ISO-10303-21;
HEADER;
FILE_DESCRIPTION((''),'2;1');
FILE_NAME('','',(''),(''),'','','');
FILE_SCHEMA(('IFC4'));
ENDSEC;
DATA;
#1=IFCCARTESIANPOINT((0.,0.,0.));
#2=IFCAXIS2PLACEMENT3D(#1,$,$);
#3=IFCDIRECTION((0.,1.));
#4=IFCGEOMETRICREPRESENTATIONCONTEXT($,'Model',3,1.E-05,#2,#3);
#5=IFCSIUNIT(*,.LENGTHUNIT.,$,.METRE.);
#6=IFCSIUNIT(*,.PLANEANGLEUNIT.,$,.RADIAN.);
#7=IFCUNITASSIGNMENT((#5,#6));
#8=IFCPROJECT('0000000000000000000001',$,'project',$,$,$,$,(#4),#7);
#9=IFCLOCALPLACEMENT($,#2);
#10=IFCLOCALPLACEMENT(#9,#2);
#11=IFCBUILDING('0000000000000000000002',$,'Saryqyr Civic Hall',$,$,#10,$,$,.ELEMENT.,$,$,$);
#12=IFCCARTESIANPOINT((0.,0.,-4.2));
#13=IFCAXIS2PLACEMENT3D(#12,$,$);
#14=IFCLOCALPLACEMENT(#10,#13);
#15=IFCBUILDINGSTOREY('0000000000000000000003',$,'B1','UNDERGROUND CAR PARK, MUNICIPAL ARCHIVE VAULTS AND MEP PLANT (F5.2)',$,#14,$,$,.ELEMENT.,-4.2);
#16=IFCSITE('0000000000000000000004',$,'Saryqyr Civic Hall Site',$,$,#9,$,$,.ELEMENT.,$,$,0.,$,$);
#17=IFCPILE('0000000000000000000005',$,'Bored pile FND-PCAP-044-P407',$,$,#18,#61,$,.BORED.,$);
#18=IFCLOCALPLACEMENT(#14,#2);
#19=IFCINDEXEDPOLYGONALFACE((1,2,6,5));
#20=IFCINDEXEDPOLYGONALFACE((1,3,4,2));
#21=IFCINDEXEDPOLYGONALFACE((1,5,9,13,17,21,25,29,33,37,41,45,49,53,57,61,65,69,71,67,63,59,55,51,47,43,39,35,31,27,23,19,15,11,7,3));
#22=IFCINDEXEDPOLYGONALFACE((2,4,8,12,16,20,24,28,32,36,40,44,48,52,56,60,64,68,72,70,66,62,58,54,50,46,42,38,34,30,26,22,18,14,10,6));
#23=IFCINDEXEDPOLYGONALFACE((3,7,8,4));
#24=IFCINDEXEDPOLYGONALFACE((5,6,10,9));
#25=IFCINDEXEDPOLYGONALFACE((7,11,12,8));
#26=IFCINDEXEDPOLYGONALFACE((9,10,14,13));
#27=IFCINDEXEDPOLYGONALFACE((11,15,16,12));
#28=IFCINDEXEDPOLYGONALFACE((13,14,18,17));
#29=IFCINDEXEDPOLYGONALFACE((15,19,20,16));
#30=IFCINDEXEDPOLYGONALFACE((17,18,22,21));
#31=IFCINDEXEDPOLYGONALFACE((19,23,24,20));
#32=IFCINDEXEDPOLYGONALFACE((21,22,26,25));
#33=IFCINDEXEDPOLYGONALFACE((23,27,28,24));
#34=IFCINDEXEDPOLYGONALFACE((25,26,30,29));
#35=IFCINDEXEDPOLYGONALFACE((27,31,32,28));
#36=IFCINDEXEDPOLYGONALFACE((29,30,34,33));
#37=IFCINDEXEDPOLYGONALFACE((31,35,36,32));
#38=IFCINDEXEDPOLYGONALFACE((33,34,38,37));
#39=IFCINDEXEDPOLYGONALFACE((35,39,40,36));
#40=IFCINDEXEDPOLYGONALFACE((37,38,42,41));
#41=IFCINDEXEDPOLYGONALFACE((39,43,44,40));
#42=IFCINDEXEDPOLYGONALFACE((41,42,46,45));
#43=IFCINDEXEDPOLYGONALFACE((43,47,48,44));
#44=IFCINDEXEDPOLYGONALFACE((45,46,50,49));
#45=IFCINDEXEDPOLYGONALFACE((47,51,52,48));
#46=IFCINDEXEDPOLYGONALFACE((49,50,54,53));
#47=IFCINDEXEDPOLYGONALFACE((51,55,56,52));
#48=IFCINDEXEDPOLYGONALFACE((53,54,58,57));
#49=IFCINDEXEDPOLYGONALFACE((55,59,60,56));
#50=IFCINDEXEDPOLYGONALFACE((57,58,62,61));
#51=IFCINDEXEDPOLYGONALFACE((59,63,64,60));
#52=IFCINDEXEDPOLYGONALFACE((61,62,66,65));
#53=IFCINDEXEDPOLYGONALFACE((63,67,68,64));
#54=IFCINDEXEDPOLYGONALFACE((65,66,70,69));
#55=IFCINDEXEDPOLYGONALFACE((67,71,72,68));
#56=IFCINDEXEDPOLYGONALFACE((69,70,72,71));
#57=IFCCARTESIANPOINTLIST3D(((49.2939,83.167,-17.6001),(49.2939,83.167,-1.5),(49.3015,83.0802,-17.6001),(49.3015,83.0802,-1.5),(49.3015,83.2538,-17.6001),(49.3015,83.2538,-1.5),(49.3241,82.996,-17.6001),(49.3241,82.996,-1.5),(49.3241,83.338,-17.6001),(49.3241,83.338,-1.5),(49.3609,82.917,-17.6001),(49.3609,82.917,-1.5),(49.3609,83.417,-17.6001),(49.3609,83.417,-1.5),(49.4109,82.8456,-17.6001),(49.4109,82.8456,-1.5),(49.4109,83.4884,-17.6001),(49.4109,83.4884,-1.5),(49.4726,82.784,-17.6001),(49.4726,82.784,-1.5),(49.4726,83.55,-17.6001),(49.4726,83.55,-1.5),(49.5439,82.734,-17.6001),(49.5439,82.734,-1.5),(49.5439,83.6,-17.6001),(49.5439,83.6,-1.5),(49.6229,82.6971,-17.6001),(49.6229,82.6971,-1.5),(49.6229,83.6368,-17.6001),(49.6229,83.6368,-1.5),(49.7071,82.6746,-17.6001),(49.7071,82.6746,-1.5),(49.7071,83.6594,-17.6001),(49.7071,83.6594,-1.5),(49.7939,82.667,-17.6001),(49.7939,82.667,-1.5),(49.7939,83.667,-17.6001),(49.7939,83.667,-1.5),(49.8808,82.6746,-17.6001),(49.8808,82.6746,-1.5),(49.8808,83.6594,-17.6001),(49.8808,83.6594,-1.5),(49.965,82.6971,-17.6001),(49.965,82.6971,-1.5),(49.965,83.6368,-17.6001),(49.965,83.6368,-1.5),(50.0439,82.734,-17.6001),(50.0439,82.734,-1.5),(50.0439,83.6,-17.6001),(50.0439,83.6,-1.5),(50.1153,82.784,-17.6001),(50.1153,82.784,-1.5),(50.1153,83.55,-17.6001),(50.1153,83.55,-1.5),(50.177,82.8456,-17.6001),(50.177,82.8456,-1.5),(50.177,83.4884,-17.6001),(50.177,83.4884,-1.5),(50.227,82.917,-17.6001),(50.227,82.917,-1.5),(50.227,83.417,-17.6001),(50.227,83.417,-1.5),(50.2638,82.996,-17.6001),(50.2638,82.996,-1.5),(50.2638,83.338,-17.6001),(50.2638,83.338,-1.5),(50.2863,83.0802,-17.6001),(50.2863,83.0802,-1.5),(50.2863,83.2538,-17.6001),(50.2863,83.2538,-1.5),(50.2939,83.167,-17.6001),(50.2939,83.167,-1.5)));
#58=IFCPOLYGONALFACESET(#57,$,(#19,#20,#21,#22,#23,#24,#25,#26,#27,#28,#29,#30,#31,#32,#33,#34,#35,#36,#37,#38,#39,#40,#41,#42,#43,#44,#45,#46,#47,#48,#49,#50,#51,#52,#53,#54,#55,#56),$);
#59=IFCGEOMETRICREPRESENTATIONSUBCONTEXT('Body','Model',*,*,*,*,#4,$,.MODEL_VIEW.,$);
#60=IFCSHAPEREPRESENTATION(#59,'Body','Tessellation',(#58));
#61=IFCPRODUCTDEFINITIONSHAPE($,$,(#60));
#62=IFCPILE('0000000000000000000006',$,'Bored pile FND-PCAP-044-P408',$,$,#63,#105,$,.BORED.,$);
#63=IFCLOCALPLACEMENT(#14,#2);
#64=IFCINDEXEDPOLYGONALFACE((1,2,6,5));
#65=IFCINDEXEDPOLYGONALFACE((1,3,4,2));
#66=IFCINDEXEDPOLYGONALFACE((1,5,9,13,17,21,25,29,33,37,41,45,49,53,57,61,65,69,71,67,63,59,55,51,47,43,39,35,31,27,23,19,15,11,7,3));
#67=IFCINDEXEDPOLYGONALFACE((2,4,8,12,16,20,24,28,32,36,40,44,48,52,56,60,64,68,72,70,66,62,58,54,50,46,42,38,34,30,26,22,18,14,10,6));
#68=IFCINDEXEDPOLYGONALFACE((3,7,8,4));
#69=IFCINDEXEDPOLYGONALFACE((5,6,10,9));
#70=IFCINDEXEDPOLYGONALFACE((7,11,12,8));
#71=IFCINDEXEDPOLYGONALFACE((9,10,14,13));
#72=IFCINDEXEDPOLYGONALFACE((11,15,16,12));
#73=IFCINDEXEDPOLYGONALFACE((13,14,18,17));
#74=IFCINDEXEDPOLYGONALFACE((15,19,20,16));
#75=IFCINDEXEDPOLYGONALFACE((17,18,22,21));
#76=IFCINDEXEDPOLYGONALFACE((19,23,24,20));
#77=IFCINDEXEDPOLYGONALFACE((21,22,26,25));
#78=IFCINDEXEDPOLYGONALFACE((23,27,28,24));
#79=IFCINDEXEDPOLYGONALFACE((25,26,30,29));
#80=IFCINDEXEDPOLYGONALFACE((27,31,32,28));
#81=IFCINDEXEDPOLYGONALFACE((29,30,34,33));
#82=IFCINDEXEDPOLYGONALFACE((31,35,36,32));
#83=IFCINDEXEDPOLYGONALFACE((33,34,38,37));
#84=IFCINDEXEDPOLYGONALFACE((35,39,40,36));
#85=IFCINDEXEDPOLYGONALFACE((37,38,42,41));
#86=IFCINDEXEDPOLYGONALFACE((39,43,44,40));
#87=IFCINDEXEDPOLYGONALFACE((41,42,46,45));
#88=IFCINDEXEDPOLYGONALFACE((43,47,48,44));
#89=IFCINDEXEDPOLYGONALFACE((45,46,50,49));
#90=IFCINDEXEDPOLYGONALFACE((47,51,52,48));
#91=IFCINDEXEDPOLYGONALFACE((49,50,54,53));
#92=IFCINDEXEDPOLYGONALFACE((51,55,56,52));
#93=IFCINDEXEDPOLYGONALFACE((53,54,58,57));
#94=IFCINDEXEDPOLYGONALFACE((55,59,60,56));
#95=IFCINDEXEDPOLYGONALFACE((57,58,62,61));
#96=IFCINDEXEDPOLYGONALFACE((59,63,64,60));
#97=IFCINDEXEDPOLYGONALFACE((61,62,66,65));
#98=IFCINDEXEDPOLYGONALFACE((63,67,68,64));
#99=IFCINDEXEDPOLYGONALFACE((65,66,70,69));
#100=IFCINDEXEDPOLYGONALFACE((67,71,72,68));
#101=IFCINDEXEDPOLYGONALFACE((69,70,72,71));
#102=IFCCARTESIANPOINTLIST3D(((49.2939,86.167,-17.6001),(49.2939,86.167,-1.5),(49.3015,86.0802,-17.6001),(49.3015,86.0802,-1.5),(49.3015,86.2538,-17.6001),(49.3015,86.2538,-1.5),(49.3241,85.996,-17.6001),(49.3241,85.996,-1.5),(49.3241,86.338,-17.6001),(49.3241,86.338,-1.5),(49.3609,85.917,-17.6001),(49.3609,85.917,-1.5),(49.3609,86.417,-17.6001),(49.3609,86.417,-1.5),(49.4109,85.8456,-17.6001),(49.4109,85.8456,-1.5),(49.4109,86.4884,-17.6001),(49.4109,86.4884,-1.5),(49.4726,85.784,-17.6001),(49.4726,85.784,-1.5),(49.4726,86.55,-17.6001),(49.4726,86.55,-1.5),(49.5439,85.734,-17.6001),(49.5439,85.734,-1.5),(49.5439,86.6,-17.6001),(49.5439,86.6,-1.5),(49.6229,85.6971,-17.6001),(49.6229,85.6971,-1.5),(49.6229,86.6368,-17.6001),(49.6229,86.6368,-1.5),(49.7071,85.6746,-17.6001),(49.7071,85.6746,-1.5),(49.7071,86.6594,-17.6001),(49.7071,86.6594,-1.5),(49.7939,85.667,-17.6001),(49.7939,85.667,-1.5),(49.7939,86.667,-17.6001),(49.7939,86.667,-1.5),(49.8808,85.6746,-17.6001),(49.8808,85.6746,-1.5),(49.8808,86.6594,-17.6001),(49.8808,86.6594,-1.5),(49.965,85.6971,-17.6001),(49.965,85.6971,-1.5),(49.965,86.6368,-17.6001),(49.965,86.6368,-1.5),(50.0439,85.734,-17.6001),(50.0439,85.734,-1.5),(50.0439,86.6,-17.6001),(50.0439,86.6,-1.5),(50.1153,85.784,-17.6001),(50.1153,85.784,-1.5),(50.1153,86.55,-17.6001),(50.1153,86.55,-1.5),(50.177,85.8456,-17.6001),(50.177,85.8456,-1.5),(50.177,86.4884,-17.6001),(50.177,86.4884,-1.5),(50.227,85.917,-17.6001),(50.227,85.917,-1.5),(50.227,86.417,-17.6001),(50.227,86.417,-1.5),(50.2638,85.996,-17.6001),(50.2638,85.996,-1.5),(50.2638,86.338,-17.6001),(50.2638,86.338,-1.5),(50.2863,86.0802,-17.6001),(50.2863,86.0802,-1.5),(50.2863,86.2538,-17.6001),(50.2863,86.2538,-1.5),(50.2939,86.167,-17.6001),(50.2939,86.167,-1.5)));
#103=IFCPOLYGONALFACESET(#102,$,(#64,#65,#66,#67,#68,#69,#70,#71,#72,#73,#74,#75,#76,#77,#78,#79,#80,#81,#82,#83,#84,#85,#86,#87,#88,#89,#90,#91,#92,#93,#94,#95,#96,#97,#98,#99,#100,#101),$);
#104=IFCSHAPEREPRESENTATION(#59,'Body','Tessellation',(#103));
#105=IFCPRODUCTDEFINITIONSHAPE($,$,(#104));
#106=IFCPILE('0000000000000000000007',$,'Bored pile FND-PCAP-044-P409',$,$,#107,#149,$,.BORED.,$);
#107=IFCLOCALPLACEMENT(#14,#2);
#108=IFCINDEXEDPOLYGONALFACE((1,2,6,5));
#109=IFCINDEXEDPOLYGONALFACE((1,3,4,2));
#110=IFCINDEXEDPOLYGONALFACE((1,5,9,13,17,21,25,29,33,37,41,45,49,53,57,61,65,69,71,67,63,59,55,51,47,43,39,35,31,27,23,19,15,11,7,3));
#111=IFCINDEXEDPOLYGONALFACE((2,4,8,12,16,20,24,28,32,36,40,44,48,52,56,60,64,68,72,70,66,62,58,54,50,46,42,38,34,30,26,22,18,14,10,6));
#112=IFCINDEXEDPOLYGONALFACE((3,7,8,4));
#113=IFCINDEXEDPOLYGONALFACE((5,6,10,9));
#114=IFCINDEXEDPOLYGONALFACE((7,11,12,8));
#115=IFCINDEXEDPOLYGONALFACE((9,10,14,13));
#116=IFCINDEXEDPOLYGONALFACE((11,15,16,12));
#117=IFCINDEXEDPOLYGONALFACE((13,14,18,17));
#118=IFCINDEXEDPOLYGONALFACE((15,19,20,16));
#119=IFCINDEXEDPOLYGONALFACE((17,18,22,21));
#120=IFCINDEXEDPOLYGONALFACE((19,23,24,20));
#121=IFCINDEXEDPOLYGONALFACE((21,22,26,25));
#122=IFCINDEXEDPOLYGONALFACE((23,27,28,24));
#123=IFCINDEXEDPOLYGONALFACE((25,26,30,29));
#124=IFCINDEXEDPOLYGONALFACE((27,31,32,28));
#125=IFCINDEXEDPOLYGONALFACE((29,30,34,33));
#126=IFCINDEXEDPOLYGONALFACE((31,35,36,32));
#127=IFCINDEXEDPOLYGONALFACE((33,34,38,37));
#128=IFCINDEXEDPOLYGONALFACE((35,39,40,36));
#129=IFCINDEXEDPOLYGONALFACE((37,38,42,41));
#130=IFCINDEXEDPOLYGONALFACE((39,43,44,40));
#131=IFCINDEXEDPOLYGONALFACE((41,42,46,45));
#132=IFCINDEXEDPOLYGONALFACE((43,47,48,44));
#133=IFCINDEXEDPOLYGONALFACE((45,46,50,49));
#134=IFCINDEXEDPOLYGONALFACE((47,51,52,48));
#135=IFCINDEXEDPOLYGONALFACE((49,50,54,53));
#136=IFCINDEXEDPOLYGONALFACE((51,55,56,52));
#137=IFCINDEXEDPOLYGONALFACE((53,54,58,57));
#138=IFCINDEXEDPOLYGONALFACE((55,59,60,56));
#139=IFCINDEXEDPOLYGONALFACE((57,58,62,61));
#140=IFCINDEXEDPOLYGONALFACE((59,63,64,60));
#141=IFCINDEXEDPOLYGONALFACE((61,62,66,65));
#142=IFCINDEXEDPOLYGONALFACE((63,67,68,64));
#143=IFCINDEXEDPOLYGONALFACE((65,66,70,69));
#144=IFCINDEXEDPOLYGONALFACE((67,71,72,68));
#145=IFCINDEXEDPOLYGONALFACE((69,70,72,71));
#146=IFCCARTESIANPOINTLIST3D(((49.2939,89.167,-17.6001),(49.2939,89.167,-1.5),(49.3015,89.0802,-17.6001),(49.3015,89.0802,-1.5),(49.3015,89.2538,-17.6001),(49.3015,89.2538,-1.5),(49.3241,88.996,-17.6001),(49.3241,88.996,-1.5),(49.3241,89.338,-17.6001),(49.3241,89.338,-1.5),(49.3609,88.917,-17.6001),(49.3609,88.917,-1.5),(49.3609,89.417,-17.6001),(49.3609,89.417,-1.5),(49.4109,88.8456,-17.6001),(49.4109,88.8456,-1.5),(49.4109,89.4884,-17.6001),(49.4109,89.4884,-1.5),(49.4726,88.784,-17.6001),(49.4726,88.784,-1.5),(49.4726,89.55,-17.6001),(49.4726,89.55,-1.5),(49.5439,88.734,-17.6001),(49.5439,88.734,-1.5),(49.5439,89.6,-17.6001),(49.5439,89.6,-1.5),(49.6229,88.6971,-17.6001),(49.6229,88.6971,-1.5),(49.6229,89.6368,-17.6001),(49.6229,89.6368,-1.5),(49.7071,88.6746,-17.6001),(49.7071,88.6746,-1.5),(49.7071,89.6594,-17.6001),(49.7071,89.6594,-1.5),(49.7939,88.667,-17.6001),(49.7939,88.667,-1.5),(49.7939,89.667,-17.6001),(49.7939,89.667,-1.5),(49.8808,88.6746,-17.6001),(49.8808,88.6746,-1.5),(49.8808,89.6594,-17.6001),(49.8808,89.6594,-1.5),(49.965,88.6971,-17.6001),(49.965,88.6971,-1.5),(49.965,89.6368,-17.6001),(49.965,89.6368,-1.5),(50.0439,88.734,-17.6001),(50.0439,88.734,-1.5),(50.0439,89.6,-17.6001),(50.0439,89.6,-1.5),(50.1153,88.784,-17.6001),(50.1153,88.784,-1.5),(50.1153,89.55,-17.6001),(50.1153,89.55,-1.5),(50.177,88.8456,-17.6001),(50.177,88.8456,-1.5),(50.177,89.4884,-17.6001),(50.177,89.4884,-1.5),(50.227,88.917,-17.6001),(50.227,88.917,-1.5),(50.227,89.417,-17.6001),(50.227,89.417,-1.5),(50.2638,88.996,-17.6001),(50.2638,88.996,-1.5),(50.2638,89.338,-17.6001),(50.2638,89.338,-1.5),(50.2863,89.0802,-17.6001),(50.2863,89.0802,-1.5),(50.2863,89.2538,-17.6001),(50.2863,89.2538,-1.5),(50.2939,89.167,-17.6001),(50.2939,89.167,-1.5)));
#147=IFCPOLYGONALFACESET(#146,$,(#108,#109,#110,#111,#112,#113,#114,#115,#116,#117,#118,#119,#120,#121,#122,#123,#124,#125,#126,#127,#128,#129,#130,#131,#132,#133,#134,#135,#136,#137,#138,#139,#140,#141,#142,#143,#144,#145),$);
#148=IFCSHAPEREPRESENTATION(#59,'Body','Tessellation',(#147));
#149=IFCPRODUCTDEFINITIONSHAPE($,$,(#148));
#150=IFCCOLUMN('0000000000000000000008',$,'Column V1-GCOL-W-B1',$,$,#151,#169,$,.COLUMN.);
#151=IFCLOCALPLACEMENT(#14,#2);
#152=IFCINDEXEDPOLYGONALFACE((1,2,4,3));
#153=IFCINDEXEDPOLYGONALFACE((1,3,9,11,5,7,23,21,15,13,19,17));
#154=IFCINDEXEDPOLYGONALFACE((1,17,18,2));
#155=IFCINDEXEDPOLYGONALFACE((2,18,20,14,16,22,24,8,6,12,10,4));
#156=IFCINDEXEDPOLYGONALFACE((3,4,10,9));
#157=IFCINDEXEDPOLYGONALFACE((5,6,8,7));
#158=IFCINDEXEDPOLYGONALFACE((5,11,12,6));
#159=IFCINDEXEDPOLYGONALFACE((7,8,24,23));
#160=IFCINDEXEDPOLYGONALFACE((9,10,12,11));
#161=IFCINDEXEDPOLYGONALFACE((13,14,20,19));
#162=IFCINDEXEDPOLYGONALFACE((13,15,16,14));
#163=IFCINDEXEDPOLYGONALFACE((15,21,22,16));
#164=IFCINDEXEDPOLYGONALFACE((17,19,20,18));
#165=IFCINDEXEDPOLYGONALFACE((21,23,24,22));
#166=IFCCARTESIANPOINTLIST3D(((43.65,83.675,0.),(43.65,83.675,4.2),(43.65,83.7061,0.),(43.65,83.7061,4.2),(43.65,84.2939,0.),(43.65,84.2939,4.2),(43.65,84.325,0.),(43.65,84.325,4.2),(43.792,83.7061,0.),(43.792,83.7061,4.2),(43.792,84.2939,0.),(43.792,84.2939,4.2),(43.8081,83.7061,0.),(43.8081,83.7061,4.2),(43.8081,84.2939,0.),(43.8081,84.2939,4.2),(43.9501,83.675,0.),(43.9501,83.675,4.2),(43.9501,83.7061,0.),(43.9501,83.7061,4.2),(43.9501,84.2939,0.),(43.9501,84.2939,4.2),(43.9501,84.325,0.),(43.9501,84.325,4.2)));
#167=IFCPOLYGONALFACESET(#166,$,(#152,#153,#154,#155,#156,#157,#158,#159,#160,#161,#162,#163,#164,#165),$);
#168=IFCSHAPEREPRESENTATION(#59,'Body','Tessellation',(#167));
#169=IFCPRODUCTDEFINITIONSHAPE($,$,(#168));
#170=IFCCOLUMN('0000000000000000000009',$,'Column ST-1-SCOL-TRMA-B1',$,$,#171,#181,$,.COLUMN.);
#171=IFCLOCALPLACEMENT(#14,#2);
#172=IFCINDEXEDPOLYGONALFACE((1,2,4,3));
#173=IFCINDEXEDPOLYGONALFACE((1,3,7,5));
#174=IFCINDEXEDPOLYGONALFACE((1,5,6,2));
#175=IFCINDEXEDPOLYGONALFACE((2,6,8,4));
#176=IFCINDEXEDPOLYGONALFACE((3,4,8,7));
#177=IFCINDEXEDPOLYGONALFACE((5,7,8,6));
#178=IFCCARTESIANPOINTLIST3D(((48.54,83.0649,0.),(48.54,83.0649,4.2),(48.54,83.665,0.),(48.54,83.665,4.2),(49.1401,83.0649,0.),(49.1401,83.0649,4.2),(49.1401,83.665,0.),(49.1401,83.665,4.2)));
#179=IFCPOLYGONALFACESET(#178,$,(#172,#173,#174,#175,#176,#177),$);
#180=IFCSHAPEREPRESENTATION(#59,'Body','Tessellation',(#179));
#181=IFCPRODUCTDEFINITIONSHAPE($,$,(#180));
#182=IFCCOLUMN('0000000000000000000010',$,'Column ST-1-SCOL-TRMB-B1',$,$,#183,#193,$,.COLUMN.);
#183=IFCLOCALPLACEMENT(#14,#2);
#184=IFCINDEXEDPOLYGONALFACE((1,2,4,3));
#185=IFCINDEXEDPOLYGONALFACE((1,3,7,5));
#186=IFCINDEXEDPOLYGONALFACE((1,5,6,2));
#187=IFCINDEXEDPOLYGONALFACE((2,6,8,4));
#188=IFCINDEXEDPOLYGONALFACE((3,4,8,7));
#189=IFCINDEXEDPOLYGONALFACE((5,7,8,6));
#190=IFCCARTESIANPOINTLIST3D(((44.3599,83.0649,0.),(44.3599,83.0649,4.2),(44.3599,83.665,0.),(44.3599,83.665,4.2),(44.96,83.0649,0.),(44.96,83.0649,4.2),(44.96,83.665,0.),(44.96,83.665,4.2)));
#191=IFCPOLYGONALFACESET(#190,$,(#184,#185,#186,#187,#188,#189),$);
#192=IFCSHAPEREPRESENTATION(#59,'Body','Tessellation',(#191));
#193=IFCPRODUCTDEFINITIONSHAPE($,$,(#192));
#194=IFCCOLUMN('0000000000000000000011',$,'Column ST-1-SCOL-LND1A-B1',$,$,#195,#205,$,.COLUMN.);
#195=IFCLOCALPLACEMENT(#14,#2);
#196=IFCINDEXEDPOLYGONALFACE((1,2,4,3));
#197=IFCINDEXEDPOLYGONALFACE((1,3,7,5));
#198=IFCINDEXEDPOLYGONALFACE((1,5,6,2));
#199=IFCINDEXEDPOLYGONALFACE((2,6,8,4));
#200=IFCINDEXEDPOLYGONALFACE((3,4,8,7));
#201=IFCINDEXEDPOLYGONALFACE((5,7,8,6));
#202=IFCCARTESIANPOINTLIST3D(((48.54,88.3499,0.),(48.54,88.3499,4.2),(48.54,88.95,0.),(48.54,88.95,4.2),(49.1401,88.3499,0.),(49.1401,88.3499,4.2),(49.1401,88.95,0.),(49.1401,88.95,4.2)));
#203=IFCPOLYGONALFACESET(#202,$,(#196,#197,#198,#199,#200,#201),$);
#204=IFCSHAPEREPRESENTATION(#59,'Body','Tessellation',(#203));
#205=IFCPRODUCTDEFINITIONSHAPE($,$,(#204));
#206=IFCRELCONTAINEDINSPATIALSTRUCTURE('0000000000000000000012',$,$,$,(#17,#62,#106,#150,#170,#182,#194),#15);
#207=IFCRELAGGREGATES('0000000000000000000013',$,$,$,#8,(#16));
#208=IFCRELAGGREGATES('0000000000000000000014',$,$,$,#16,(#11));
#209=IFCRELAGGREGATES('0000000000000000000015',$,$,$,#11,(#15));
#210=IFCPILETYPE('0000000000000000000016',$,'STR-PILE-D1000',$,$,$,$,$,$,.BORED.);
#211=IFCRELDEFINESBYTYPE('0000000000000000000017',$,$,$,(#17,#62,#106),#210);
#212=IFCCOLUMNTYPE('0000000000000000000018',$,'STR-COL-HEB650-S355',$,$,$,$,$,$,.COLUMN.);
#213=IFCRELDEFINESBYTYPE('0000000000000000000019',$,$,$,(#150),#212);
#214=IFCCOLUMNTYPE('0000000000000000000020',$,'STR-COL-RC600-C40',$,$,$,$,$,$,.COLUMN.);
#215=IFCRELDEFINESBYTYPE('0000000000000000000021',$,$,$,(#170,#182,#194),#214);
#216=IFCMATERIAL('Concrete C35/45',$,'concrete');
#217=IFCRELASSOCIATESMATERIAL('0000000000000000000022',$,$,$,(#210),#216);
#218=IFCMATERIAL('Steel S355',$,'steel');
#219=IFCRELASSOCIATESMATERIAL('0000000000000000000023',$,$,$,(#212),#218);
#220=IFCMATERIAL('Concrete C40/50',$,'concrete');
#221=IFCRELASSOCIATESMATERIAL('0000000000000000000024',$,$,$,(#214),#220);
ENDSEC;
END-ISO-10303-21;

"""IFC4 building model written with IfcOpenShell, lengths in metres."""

from ifc_helpers import new_model, si_unit, direction, frame, origin, origin_2d, place, context, subcontext, project, spatial, rectangle, circle, i_section, extrude, material, material_profile, profile_set, type_object, element, save


model = new_model("IFC4")

# Units and contexts
model_context = context("Model", 3, precision=1e-05, world=origin(), true_north=direction((0.0, 1.0)))
body_context = subcontext(model_context, "Body", "Model", "MODEL_VIEW")
ifc_project = project(units=[si_unit("LENGTHUNIT", "METRE"), si_unit("PLANEANGLEUNIT", "RADIAN")], contexts=[model_context])

# Site, building, storey
site_placement = place(None, origin())
site = spatial("IfcSite", under=ifc_project, at=site_placement, Name="Saryqyr Civic Hall Site", CompositionType="ELEMENT", RefElevation=0.0)
building_placement = place(site_placement, origin())
building = spatial("IfcBuilding", under=site, at=building_placement, Name="Saryqyr Civic Hall", CompositionType="ELEMENT")
storey_placement = place(building_placement, frame((0.0, 0.0, -4.2)))
storey = spatial("IfcBuildingStorey", under=building, at=storey_placement, Name="B1", Description="UNDERGROUND CAR PARK, MUNICIPAL ARCHIVE VAULTS AND MEP PLANT (F5.2)", CompositionType="ELEMENT", Elevation=-4.2)

# Piles
ifc_material_1 = material(Name="Concrete C35/45", Category="concrete")
ifc_material_profile_1 = material_profile(ifc_material_1, circle(Radius=0.5, at=origin_2d()), Name="BORED PILE D1000")
ifc_profile_set_1 = profile_set([ifc_material_profile_1], Name="Concrete C35/45")
pile_type = type_object("IfcPileType", Name="STR-PILE-D1000", PredefinedType="BORED", material=ifc_profile_set_1)
for number, where, z_axis, x_axis, name in (
    (1, (49.7939, 83.167, -1.5), (0.0, 0.0, -1.0), (1.0, 0.0, 0.0), "Bored pile FND-PCAP-044-P407"),
    (2, (49.7939, 86.167, -1.5), (0.0, 0.0, -1.0), (1.0, 0.0, 0.0), "Bored pile FND-PCAP-044-P408"),
    (3, (49.7939, 89.167, -1.5), (0.0, 0.0, -1.0), (1.0, 0.0, 0.0), "Bored pile FND-PCAP-044-P409"),
):
    element("IfcPile", number, at=place(storey_placement, frame(where, z_axis=z_axis, x_axis=x_axis)), inside=storey, type_object=pile_type, Name=name, PredefinedType="BORED", context=body_context, shape_type="SweptSolid", body=[
        extrude(circle(Radius=0.5, at=origin_2d()), origin(), (0.0, 0.0, 1.0), 16.1001),
    ])

# Columns
ifc_material_2 = material(Name="Steel S355", Category="steel")
ifc_material_profile_2 = material_profile(ifc_material_2, i_section(OverallWidth=0.3, OverallDepth=0.6499, WebThickness=0.0161, FlangeThickness=0.031, at=origin_2d()), Name="HEB 650")
ifc_profile_set_2 = profile_set([ifc_material_profile_2], Name="Steel S355")
column_type_1 = type_object("IfcColumnType", Name="STR-COL-HEB650-S355", PredefinedType="COLUMN", material=ifc_profile_set_2)
column_1_placement = place(storey_placement, frame((43.8, 84.0, 0.0), z_axis=(0.0, 0.0, 1.0), x_axis=(1.0, 0.0, 0.0)))
element("IfcColumn", 4, at=column_1_placement, inside=storey, type_object=column_type_1, Name="Column V1-GCOL-W-B1", PredefinedType="COLUMN", context=body_context, shape_type="SweptSolid", body=[
    extrude(i_section(OverallWidth=0.3, OverallDepth=0.6499, WebThickness=0.0161, FlangeThickness=0.031, at=origin_2d()), origin(), (0.0, 0.0, 1.0), 4.2),
])
ifc_material_3 = material(Name="Concrete C40/50", Category="concrete")
ifc_material_profile_3 = material_profile(ifc_material_3, rectangle(XDim=0.6001, YDim=0.6001, at=origin_2d()), Name="RC 600x600")
ifc_profile_set_3 = profile_set([ifc_material_profile_3], Name="Concrete C40/50")
column_type_2 = type_object("IfcColumnType", Name="STR-COL-RC600-C40", PredefinedType="COLUMN", material=ifc_profile_set_3)
for number, where, z_axis, x_axis, name in (
    (5, (48.8401, 83.365, 0.0), (0.0, 0.0, 1.0), (1.0, 0.0, 0.0), "Column ST-1-SCOL-TRMA-B1"),
    (6, (44.6599, 83.365, 0.0), (0.0, 0.0, 1.0), (1.0, 0.0, 0.0), "Column ST-1-SCOL-TRMB-B1"),
    (7, (48.8401, 88.6499, 0.0), (0.0, 0.0, 1.0), (1.0, 0.0, 0.0), "Column ST-1-SCOL-LND1A-B1"),
):
    element("IfcColumn", number, at=place(storey_placement, frame(where, z_axis=z_axis, x_axis=x_axis)), inside=storey, type_object=column_type_2, Name=name, PredefinedType="COLUMN", context=body_context, shape_type="SweptSolid", body=[
        extrude(rectangle(XDim=0.6001, YDim=0.6001, at=origin_2d()), origin(), (0.0, 0.0, 1.0), 4.2),
    ])

save(model, "model.ifc")
